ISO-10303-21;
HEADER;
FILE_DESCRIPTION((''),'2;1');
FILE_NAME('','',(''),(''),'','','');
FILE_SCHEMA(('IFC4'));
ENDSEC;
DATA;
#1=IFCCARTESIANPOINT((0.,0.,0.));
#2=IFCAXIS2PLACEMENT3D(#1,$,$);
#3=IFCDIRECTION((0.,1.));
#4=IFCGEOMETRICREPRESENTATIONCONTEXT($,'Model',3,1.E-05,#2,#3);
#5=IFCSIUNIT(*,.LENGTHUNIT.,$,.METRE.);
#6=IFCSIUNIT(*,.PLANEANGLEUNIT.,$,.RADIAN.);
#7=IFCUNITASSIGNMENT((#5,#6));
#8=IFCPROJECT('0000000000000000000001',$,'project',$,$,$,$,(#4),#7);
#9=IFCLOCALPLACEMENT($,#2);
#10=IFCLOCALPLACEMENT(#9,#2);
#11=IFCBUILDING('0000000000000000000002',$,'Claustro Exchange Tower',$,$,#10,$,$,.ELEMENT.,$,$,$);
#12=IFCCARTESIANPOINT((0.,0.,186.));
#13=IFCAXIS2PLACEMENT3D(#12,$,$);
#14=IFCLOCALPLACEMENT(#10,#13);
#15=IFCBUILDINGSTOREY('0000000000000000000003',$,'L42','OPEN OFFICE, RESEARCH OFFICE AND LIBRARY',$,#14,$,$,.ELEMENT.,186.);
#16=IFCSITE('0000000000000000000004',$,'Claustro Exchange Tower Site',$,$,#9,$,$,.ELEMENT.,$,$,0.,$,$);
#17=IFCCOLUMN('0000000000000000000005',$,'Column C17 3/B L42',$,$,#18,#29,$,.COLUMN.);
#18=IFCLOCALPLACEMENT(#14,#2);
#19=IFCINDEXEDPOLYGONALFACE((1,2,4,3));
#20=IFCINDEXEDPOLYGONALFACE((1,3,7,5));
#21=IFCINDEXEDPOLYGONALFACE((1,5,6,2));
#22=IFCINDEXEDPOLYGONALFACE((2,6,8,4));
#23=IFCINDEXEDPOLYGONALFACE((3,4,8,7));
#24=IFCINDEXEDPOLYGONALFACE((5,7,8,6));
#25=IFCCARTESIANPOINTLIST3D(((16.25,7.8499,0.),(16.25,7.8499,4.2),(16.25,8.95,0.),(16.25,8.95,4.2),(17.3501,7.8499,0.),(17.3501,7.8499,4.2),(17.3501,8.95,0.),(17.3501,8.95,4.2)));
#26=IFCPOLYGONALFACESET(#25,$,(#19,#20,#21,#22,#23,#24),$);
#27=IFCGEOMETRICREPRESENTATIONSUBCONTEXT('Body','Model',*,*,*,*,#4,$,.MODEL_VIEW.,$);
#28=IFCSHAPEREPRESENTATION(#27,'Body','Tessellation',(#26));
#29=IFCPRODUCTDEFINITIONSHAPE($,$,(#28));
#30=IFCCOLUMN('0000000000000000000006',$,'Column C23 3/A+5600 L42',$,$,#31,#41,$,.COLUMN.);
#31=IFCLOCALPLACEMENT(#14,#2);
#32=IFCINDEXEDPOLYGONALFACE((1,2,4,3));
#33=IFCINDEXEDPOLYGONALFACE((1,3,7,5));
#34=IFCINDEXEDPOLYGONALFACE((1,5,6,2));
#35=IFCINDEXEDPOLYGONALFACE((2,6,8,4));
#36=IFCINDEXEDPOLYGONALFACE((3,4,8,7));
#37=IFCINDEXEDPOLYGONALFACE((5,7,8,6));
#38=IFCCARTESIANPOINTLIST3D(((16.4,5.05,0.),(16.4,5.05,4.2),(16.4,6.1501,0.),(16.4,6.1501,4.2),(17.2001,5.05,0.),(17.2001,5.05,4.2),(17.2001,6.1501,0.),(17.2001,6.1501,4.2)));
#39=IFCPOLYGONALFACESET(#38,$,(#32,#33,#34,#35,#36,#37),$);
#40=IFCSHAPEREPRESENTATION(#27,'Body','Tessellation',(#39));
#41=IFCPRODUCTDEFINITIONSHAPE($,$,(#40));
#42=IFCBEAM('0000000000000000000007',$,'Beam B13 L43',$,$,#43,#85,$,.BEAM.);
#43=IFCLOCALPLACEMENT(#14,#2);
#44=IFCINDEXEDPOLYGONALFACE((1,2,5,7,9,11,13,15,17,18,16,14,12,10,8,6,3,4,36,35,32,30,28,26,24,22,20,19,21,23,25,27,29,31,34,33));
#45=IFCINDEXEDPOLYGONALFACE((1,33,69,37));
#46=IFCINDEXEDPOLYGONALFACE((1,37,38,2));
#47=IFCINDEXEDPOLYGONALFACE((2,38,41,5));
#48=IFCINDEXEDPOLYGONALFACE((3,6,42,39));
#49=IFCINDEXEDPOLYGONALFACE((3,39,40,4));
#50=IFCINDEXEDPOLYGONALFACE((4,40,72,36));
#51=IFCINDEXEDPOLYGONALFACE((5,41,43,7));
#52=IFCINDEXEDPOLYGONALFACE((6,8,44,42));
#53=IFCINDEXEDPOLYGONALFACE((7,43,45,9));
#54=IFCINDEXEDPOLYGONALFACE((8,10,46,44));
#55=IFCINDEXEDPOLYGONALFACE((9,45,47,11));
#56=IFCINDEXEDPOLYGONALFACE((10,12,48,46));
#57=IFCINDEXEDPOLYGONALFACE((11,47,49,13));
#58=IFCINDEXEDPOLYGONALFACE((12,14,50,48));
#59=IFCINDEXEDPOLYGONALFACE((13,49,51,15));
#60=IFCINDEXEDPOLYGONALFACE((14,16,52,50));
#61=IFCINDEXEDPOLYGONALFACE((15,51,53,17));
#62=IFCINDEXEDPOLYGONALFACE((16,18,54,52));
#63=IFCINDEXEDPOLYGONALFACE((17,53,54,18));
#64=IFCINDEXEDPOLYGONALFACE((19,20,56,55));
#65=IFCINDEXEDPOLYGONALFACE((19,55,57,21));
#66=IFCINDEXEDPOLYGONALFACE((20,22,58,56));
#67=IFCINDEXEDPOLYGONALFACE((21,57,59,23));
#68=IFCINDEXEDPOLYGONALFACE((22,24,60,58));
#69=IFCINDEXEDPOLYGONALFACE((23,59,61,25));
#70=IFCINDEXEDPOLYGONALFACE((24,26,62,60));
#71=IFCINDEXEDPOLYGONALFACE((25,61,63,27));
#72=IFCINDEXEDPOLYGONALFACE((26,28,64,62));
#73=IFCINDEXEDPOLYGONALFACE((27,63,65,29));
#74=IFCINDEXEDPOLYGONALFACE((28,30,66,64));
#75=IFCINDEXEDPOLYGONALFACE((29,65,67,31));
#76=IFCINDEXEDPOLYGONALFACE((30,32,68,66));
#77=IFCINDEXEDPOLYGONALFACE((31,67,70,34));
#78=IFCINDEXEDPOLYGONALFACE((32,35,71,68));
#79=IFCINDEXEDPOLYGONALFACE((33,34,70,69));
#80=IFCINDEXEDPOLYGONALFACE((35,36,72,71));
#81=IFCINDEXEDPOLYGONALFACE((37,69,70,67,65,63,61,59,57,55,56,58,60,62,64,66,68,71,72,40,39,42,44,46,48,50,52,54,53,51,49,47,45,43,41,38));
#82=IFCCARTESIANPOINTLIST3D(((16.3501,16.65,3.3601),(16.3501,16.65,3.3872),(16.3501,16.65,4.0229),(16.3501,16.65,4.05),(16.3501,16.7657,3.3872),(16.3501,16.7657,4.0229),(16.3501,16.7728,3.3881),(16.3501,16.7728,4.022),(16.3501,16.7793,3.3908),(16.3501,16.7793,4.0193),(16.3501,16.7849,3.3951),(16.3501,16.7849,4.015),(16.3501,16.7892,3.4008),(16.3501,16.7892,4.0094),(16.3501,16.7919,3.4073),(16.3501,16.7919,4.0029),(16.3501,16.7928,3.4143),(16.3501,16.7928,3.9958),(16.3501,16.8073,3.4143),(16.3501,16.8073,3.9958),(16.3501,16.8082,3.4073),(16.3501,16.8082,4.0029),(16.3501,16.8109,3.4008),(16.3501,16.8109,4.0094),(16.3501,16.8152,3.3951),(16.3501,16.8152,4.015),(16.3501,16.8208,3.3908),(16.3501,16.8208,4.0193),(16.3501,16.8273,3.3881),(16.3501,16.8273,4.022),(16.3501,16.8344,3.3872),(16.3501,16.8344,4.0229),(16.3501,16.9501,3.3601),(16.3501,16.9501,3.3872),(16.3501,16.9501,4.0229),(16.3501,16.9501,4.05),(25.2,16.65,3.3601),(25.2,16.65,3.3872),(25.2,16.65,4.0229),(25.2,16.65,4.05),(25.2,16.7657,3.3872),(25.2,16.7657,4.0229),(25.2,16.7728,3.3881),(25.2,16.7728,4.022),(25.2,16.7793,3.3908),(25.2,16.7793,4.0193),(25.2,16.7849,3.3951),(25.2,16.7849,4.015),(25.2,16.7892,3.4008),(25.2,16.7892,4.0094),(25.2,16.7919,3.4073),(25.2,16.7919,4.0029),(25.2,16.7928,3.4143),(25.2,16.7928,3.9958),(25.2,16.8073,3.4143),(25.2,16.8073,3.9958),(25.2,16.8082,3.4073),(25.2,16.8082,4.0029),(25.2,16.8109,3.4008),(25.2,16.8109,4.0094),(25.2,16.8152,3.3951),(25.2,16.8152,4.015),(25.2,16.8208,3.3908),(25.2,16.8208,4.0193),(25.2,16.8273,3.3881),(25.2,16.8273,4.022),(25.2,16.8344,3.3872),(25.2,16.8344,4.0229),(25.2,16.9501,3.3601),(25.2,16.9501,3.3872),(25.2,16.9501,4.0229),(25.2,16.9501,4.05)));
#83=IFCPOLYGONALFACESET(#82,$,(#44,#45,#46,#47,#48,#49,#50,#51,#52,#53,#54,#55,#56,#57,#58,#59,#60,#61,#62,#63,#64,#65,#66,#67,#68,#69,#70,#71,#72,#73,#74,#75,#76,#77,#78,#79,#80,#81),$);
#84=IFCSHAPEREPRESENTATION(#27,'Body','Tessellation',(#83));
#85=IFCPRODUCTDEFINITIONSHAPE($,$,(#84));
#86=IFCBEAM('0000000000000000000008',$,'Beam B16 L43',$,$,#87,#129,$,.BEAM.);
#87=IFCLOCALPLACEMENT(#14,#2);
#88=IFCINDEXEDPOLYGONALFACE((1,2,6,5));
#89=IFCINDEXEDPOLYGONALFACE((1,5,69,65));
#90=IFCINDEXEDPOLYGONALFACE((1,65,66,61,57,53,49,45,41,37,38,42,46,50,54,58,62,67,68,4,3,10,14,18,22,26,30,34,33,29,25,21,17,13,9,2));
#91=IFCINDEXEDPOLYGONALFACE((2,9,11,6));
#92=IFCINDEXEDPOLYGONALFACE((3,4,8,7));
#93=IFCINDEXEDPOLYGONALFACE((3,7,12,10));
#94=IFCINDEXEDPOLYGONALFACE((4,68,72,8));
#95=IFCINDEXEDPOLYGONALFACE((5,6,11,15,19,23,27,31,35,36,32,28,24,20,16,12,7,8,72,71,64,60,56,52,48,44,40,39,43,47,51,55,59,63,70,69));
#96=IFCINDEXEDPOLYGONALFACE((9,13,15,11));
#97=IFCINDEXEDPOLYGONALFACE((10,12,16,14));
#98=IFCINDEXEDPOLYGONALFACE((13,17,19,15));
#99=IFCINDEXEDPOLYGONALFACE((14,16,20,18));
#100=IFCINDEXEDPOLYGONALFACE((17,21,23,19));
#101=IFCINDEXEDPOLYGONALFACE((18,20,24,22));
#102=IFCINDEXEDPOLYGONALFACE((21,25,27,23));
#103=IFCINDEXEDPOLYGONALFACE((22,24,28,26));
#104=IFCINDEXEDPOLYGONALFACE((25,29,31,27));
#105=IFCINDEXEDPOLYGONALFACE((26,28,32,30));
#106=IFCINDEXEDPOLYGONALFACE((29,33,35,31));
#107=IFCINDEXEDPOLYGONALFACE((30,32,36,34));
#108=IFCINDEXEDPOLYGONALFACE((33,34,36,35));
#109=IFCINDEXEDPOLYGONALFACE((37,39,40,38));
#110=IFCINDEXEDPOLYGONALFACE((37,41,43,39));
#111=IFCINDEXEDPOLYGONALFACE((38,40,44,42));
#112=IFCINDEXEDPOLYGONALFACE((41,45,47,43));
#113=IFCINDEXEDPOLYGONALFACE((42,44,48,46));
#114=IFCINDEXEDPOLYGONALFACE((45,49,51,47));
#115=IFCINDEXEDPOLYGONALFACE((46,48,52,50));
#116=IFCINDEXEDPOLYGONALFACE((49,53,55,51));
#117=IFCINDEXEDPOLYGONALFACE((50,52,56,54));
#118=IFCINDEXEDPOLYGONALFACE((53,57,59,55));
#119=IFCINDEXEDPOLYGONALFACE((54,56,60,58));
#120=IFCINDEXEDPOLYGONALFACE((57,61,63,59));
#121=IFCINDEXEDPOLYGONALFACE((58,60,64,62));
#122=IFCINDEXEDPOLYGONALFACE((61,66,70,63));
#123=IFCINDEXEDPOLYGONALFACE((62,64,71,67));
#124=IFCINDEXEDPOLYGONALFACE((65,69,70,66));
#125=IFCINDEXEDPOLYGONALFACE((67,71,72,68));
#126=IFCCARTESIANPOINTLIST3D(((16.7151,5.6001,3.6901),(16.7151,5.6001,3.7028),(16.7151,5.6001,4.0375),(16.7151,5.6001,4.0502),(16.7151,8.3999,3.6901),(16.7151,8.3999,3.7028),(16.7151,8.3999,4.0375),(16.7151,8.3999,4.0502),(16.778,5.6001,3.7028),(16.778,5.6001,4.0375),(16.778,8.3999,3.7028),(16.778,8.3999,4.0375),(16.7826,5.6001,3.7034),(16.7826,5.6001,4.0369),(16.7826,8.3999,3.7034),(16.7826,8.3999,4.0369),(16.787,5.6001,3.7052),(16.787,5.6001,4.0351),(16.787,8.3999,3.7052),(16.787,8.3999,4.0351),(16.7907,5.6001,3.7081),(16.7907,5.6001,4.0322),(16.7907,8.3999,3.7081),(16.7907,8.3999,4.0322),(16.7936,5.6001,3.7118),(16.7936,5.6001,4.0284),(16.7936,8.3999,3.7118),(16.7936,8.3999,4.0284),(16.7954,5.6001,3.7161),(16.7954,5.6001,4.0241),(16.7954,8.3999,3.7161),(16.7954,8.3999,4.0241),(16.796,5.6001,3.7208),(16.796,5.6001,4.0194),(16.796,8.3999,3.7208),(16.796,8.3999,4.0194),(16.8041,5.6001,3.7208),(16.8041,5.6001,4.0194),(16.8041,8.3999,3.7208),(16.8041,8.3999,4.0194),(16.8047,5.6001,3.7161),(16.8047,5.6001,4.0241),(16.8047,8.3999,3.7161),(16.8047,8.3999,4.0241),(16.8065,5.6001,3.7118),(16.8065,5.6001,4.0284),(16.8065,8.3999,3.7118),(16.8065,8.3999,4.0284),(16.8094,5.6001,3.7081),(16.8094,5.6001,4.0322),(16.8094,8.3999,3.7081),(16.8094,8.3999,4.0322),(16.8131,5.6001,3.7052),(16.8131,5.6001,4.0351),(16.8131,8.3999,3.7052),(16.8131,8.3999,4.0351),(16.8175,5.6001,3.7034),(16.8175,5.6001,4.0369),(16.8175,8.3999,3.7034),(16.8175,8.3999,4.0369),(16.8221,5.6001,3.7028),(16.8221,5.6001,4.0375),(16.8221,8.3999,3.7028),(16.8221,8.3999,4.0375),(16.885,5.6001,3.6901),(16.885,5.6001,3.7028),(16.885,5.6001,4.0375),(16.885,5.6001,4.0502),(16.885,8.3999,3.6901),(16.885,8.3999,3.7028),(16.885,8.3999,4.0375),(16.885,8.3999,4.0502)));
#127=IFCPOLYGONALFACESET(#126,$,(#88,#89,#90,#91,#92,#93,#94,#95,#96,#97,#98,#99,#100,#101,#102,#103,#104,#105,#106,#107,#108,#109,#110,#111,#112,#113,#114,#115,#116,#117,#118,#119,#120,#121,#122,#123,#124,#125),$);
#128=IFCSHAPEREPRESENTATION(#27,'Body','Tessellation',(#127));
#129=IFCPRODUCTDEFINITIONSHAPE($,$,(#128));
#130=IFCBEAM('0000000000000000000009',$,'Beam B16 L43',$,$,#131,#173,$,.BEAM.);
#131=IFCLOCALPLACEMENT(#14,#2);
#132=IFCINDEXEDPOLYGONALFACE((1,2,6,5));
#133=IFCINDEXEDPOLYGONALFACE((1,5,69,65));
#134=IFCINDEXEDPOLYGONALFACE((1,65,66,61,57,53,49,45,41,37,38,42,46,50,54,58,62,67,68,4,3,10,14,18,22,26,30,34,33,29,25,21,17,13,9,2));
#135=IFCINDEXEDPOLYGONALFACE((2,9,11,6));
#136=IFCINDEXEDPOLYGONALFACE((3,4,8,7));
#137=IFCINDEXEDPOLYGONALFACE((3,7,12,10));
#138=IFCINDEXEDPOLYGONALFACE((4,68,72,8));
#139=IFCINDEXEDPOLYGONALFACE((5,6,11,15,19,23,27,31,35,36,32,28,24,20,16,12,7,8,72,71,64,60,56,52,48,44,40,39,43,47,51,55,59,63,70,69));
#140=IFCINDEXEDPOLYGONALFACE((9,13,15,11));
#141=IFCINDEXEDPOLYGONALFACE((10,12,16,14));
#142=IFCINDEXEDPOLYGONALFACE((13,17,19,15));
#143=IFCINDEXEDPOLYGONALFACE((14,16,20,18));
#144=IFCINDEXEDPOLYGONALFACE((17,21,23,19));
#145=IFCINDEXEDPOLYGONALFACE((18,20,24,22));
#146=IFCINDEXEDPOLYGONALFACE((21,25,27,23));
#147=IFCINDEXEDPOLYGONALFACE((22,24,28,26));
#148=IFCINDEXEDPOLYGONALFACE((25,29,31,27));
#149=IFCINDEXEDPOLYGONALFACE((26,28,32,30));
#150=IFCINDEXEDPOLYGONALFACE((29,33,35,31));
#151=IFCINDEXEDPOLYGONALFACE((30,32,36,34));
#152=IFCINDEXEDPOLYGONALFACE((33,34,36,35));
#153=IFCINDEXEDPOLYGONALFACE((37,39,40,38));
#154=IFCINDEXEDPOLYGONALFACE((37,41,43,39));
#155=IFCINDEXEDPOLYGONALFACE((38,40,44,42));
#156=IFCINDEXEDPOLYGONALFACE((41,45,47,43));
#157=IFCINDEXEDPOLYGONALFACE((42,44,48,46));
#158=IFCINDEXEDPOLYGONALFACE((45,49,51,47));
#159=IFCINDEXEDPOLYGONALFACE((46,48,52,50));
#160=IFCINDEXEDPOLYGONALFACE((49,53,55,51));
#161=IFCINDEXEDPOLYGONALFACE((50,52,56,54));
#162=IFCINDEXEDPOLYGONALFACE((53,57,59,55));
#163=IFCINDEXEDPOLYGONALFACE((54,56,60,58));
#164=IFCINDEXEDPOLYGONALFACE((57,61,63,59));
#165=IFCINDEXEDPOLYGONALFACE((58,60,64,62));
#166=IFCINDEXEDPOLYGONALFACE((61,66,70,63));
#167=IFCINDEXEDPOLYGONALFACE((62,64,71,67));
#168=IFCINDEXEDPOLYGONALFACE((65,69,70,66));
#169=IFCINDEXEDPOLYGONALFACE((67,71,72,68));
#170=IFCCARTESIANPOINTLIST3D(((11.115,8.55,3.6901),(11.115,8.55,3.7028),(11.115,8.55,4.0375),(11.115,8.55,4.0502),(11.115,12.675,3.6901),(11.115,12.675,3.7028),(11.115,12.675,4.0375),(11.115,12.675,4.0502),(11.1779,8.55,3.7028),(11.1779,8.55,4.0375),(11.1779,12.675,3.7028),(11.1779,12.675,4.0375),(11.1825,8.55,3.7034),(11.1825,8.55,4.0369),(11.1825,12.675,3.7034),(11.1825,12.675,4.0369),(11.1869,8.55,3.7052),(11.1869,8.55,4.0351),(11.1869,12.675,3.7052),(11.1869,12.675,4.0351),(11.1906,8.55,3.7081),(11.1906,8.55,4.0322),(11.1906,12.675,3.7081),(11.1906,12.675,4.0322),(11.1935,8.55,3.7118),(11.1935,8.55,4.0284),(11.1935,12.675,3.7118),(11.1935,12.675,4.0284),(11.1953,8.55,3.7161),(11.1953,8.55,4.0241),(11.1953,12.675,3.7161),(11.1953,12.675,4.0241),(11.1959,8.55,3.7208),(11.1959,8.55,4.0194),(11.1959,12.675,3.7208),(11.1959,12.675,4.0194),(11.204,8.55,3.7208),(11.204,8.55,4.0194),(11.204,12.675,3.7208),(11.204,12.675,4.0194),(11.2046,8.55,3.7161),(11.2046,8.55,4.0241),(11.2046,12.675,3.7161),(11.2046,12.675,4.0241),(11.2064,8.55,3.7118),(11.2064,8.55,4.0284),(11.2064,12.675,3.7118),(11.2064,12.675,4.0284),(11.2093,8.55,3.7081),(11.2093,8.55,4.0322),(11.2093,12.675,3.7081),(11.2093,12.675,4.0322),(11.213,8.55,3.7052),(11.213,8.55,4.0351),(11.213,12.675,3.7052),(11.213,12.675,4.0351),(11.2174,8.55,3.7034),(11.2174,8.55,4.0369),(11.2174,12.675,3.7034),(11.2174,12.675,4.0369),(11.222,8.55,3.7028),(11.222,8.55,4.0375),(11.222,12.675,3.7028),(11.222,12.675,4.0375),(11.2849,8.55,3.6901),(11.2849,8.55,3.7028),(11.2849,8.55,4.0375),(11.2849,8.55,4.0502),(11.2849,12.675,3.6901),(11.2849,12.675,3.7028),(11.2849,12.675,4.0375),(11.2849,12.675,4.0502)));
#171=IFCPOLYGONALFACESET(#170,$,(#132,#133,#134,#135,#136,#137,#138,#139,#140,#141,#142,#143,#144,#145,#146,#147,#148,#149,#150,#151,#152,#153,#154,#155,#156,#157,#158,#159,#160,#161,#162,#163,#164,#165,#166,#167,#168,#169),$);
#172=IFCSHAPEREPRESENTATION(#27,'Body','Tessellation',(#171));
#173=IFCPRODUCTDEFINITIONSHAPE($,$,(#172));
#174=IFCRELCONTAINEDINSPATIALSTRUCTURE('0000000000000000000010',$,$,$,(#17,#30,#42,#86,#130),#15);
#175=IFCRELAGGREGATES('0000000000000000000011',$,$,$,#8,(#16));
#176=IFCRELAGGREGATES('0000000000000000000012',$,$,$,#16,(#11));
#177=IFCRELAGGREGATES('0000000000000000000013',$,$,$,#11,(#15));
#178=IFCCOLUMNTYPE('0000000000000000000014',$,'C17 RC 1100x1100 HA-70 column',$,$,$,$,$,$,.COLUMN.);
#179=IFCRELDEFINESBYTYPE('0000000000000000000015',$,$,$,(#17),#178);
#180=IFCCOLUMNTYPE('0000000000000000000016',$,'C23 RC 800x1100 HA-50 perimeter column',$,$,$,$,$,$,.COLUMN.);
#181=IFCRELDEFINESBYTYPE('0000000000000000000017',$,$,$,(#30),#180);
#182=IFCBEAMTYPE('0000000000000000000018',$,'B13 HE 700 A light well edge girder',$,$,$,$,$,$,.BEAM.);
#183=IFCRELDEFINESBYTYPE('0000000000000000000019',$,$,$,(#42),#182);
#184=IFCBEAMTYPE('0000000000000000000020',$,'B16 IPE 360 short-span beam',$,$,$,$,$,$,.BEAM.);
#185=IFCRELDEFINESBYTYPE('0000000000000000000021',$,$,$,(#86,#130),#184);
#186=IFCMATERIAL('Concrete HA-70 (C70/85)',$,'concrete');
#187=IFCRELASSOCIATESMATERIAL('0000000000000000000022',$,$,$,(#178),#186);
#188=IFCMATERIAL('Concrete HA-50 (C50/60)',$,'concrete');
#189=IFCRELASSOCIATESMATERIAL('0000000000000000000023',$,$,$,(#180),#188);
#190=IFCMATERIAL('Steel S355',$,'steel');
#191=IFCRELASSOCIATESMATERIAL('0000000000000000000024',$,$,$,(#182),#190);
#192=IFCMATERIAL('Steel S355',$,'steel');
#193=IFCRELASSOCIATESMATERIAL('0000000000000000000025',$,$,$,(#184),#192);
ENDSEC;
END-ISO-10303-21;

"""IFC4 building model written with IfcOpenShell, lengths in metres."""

from ifc_helpers import new_model, si_unit, direction, frame, origin, origin_2d, place, context, subcontext, project, spatial, rectangle, i_section, extrude, material, material_profile, profile_set, type_object, element, save


model = new_model("IFC4")

# Units and contexts
model_context = context("Model", 3, precision=1e-05, world=origin(), true_north=direction((0.0, 1.0)))
body_context = subcontext(model_context, "Body", "Model", "MODEL_VIEW")
ifc_project = project(units=[si_unit("LENGTHUNIT", "METRE"), si_unit("PLANEANGLEUNIT", "RADIAN")], contexts=[model_context])

# Site, building, storey
site_placement = place(None, origin())
site = spatial("IfcSite", under=ifc_project, at=site_placement, Name="Claustro Exchange Tower Site", CompositionType="ELEMENT", RefElevation=0.0)
building_placement = place(site_placement, origin())
building = spatial("IfcBuilding", under=site, at=building_placement, Name="Claustro Exchange Tower", CompositionType="ELEMENT")
storey_placement = place(building_placement, frame((0.0, 0.0, 186.0)))
storey = spatial("IfcBuildingStorey", under=building, at=storey_placement, Name="L42", Description="OPEN OFFICE, RESEARCH OFFICE AND LIBRARY", CompositionType="ELEMENT", Elevation=186.0)

# Columns
ifc_material_1 = material(Name="Concrete HA-70 (C70/85)", Category="concrete")
ifc_material_profile_1 = material_profile(ifc_material_1, rectangle(XDim=1.1001, YDim=1.1001, at=origin_2d()), Name="RC 1100x1100")
ifc_profile_set_1 = profile_set([ifc_material_profile_1], Name="Concrete HA-70 (C70/85)")
column_type_1 = type_object("IfcColumnType", Name="C17 RC 1100x1100 HA-70 column", PredefinedType="COLUMN", material=ifc_profile_set_1)
column_1_placement = place(storey_placement, frame((16.8, 8.3999, 0.0), z_axis=(0.0, 0.0, 1.0), x_axis=(1.0, 0.0, 0.0)))
element("IfcColumn", 1, at=column_1_placement, inside=storey, type_object=column_type_1, Name="Column C17 3/B L42", PredefinedType="COLUMN", context=body_context, shape_type="SweptSolid", body=[
    extrude(rectangle(XDim=1.1001, YDim=1.1001, at=origin_2d()), origin(), (0.0, 0.0, 1.0), 4.2),
])
ifc_material_2 = material(Name="Concrete HA-50 (C50/60)", Category="concrete")
ifc_material_profile_2 = material_profile(ifc_material_2, rectangle(XDim=0.8, YDim=1.1001, at=origin_2d()), Name="RC 800x1100")
ifc_profile_set_2 = profile_set([ifc_material_profile_2], Name="Concrete HA-50 (C50/60)")
column_type_2 = type_object("IfcColumnType", Name="C23 RC 800x1100 HA-50 perimeter column", PredefinedType="COLUMN", material=ifc_profile_set_2)
column_2_placement = place(storey_placement, frame((16.8, 5.6001, 0.0), z_axis=(0.0, 0.0, 1.0), x_axis=(1.0, 0.0, 0.0)))
element("IfcColumn", 2, at=column_2_placement, inside=storey, type_object=column_type_2, Name="Column C23 3/A+5600 L42", PredefinedType="COLUMN", context=body_context, shape_type="SweptSolid", body=[
    extrude(rectangle(XDim=0.8, YDim=1.1001, at=origin_2d()), origin(), (0.0, 0.0, 1.0), 4.2),
])

# Beams
ifc_material_3 = material(Name="Steel S355", Category="steel")
ifc_material_profile_3 = material_profile(ifc_material_3, i_section(OverallWidth=0.3, OverallDepth=0.6899, WebThickness=0.0144, FlangeThickness=0.0271, FilletRadius=0.0271, at=origin_2d()), Name="HE 700 A")
ifc_profile_set_3 = profile_set([ifc_material_profile_3], Name="Steel S355")
beam_type_1 = type_object("IfcBeamType", Name="B13 HE 700 A light well edge girder", PredefinedType="BEAM", material=ifc_profile_set_3)
beam_1_placement = place(storey_placement, frame((16.3501, 16.8, 3.7051), z_axis=(1.0, 0.0, 0.0), x_axis=(0.0, 1.0, 0.0)))
element("IfcBeam", 3, at=beam_1_placement, inside=storey, type_object=beam_type_1, Name="Beam B13 L43", PredefinedType="BEAM", context=body_context, shape_type="SweptSolid", body=[
    extrude(i_section(OverallWidth=0.3, OverallDepth=0.6899, WebThickness=0.0144, FlangeThickness=0.0271, FilletRadius=0.0271, at=origin_2d()), origin(), (0.0, 0.0, 1.0), 8.8499),
])
ifc_material_4 = material(Name="Steel S355", Category="steel")
ifc_material_profile_4 = material_profile(ifc_material_4, i_section(OverallWidth=0.1699, OverallDepth=0.3601, WebThickness=0.0081, FlangeThickness=0.0127, FilletRadius=0.0181, at=origin_2d()), Name="IPE 360")
ifc_profile_set_4 = profile_set([ifc_material_profile_4], Name="Steel S355")
beam_type_2 = type_object("IfcBeamType", Name="B16 IPE 360 short-span beam", PredefinedType="BEAM", material=ifc_profile_set_4)
beam_2_placement = place(storey_placement, frame((16.8, 5.6001, 3.8701), z_axis=(0.0, 1.0, 0.0), x_axis=(-1.0, 0.0, 0.0)))
element("IfcBeam", 4, at=beam_2_placement, inside=storey, type_object=beam_type_2, Name="Beam B16 L43", PredefinedType="BEAM", context=body_context, shape_type="SweptSolid", body=[
    extrude(i_section(OverallWidth=0.1699, OverallDepth=0.3601, WebThickness=0.0081, FlangeThickness=0.0127, FilletRadius=0.0181, at=origin_2d()), origin(), (0.0, 0.0, 1.0), 2.7998),
])
for number, where, z_axis, x_axis, name in (
    (5, (11.2, 8.55, 3.8701), (0.0, 1.0, 0.0), (-1.0, 0.0, 0.0), "Beam B16 L43"),
):
    element("IfcBeam", number, at=place(storey_placement, frame(where, z_axis=z_axis, x_axis=x_axis)), inside=storey, type_object=beam_type_2, Name=name, PredefinedType="BEAM", context=body_context, shape_type="SweptSolid", body=[
        extrude(i_section(OverallWidth=0.1699, OverallDepth=0.3601, WebThickness=0.0081, FlangeThickness=0.0127, FilletRadius=0.0181, at=origin_2d()), origin(), (0.0, 0.0, 1.0), 4.125),
    ])

save(model, "model.ifc")
